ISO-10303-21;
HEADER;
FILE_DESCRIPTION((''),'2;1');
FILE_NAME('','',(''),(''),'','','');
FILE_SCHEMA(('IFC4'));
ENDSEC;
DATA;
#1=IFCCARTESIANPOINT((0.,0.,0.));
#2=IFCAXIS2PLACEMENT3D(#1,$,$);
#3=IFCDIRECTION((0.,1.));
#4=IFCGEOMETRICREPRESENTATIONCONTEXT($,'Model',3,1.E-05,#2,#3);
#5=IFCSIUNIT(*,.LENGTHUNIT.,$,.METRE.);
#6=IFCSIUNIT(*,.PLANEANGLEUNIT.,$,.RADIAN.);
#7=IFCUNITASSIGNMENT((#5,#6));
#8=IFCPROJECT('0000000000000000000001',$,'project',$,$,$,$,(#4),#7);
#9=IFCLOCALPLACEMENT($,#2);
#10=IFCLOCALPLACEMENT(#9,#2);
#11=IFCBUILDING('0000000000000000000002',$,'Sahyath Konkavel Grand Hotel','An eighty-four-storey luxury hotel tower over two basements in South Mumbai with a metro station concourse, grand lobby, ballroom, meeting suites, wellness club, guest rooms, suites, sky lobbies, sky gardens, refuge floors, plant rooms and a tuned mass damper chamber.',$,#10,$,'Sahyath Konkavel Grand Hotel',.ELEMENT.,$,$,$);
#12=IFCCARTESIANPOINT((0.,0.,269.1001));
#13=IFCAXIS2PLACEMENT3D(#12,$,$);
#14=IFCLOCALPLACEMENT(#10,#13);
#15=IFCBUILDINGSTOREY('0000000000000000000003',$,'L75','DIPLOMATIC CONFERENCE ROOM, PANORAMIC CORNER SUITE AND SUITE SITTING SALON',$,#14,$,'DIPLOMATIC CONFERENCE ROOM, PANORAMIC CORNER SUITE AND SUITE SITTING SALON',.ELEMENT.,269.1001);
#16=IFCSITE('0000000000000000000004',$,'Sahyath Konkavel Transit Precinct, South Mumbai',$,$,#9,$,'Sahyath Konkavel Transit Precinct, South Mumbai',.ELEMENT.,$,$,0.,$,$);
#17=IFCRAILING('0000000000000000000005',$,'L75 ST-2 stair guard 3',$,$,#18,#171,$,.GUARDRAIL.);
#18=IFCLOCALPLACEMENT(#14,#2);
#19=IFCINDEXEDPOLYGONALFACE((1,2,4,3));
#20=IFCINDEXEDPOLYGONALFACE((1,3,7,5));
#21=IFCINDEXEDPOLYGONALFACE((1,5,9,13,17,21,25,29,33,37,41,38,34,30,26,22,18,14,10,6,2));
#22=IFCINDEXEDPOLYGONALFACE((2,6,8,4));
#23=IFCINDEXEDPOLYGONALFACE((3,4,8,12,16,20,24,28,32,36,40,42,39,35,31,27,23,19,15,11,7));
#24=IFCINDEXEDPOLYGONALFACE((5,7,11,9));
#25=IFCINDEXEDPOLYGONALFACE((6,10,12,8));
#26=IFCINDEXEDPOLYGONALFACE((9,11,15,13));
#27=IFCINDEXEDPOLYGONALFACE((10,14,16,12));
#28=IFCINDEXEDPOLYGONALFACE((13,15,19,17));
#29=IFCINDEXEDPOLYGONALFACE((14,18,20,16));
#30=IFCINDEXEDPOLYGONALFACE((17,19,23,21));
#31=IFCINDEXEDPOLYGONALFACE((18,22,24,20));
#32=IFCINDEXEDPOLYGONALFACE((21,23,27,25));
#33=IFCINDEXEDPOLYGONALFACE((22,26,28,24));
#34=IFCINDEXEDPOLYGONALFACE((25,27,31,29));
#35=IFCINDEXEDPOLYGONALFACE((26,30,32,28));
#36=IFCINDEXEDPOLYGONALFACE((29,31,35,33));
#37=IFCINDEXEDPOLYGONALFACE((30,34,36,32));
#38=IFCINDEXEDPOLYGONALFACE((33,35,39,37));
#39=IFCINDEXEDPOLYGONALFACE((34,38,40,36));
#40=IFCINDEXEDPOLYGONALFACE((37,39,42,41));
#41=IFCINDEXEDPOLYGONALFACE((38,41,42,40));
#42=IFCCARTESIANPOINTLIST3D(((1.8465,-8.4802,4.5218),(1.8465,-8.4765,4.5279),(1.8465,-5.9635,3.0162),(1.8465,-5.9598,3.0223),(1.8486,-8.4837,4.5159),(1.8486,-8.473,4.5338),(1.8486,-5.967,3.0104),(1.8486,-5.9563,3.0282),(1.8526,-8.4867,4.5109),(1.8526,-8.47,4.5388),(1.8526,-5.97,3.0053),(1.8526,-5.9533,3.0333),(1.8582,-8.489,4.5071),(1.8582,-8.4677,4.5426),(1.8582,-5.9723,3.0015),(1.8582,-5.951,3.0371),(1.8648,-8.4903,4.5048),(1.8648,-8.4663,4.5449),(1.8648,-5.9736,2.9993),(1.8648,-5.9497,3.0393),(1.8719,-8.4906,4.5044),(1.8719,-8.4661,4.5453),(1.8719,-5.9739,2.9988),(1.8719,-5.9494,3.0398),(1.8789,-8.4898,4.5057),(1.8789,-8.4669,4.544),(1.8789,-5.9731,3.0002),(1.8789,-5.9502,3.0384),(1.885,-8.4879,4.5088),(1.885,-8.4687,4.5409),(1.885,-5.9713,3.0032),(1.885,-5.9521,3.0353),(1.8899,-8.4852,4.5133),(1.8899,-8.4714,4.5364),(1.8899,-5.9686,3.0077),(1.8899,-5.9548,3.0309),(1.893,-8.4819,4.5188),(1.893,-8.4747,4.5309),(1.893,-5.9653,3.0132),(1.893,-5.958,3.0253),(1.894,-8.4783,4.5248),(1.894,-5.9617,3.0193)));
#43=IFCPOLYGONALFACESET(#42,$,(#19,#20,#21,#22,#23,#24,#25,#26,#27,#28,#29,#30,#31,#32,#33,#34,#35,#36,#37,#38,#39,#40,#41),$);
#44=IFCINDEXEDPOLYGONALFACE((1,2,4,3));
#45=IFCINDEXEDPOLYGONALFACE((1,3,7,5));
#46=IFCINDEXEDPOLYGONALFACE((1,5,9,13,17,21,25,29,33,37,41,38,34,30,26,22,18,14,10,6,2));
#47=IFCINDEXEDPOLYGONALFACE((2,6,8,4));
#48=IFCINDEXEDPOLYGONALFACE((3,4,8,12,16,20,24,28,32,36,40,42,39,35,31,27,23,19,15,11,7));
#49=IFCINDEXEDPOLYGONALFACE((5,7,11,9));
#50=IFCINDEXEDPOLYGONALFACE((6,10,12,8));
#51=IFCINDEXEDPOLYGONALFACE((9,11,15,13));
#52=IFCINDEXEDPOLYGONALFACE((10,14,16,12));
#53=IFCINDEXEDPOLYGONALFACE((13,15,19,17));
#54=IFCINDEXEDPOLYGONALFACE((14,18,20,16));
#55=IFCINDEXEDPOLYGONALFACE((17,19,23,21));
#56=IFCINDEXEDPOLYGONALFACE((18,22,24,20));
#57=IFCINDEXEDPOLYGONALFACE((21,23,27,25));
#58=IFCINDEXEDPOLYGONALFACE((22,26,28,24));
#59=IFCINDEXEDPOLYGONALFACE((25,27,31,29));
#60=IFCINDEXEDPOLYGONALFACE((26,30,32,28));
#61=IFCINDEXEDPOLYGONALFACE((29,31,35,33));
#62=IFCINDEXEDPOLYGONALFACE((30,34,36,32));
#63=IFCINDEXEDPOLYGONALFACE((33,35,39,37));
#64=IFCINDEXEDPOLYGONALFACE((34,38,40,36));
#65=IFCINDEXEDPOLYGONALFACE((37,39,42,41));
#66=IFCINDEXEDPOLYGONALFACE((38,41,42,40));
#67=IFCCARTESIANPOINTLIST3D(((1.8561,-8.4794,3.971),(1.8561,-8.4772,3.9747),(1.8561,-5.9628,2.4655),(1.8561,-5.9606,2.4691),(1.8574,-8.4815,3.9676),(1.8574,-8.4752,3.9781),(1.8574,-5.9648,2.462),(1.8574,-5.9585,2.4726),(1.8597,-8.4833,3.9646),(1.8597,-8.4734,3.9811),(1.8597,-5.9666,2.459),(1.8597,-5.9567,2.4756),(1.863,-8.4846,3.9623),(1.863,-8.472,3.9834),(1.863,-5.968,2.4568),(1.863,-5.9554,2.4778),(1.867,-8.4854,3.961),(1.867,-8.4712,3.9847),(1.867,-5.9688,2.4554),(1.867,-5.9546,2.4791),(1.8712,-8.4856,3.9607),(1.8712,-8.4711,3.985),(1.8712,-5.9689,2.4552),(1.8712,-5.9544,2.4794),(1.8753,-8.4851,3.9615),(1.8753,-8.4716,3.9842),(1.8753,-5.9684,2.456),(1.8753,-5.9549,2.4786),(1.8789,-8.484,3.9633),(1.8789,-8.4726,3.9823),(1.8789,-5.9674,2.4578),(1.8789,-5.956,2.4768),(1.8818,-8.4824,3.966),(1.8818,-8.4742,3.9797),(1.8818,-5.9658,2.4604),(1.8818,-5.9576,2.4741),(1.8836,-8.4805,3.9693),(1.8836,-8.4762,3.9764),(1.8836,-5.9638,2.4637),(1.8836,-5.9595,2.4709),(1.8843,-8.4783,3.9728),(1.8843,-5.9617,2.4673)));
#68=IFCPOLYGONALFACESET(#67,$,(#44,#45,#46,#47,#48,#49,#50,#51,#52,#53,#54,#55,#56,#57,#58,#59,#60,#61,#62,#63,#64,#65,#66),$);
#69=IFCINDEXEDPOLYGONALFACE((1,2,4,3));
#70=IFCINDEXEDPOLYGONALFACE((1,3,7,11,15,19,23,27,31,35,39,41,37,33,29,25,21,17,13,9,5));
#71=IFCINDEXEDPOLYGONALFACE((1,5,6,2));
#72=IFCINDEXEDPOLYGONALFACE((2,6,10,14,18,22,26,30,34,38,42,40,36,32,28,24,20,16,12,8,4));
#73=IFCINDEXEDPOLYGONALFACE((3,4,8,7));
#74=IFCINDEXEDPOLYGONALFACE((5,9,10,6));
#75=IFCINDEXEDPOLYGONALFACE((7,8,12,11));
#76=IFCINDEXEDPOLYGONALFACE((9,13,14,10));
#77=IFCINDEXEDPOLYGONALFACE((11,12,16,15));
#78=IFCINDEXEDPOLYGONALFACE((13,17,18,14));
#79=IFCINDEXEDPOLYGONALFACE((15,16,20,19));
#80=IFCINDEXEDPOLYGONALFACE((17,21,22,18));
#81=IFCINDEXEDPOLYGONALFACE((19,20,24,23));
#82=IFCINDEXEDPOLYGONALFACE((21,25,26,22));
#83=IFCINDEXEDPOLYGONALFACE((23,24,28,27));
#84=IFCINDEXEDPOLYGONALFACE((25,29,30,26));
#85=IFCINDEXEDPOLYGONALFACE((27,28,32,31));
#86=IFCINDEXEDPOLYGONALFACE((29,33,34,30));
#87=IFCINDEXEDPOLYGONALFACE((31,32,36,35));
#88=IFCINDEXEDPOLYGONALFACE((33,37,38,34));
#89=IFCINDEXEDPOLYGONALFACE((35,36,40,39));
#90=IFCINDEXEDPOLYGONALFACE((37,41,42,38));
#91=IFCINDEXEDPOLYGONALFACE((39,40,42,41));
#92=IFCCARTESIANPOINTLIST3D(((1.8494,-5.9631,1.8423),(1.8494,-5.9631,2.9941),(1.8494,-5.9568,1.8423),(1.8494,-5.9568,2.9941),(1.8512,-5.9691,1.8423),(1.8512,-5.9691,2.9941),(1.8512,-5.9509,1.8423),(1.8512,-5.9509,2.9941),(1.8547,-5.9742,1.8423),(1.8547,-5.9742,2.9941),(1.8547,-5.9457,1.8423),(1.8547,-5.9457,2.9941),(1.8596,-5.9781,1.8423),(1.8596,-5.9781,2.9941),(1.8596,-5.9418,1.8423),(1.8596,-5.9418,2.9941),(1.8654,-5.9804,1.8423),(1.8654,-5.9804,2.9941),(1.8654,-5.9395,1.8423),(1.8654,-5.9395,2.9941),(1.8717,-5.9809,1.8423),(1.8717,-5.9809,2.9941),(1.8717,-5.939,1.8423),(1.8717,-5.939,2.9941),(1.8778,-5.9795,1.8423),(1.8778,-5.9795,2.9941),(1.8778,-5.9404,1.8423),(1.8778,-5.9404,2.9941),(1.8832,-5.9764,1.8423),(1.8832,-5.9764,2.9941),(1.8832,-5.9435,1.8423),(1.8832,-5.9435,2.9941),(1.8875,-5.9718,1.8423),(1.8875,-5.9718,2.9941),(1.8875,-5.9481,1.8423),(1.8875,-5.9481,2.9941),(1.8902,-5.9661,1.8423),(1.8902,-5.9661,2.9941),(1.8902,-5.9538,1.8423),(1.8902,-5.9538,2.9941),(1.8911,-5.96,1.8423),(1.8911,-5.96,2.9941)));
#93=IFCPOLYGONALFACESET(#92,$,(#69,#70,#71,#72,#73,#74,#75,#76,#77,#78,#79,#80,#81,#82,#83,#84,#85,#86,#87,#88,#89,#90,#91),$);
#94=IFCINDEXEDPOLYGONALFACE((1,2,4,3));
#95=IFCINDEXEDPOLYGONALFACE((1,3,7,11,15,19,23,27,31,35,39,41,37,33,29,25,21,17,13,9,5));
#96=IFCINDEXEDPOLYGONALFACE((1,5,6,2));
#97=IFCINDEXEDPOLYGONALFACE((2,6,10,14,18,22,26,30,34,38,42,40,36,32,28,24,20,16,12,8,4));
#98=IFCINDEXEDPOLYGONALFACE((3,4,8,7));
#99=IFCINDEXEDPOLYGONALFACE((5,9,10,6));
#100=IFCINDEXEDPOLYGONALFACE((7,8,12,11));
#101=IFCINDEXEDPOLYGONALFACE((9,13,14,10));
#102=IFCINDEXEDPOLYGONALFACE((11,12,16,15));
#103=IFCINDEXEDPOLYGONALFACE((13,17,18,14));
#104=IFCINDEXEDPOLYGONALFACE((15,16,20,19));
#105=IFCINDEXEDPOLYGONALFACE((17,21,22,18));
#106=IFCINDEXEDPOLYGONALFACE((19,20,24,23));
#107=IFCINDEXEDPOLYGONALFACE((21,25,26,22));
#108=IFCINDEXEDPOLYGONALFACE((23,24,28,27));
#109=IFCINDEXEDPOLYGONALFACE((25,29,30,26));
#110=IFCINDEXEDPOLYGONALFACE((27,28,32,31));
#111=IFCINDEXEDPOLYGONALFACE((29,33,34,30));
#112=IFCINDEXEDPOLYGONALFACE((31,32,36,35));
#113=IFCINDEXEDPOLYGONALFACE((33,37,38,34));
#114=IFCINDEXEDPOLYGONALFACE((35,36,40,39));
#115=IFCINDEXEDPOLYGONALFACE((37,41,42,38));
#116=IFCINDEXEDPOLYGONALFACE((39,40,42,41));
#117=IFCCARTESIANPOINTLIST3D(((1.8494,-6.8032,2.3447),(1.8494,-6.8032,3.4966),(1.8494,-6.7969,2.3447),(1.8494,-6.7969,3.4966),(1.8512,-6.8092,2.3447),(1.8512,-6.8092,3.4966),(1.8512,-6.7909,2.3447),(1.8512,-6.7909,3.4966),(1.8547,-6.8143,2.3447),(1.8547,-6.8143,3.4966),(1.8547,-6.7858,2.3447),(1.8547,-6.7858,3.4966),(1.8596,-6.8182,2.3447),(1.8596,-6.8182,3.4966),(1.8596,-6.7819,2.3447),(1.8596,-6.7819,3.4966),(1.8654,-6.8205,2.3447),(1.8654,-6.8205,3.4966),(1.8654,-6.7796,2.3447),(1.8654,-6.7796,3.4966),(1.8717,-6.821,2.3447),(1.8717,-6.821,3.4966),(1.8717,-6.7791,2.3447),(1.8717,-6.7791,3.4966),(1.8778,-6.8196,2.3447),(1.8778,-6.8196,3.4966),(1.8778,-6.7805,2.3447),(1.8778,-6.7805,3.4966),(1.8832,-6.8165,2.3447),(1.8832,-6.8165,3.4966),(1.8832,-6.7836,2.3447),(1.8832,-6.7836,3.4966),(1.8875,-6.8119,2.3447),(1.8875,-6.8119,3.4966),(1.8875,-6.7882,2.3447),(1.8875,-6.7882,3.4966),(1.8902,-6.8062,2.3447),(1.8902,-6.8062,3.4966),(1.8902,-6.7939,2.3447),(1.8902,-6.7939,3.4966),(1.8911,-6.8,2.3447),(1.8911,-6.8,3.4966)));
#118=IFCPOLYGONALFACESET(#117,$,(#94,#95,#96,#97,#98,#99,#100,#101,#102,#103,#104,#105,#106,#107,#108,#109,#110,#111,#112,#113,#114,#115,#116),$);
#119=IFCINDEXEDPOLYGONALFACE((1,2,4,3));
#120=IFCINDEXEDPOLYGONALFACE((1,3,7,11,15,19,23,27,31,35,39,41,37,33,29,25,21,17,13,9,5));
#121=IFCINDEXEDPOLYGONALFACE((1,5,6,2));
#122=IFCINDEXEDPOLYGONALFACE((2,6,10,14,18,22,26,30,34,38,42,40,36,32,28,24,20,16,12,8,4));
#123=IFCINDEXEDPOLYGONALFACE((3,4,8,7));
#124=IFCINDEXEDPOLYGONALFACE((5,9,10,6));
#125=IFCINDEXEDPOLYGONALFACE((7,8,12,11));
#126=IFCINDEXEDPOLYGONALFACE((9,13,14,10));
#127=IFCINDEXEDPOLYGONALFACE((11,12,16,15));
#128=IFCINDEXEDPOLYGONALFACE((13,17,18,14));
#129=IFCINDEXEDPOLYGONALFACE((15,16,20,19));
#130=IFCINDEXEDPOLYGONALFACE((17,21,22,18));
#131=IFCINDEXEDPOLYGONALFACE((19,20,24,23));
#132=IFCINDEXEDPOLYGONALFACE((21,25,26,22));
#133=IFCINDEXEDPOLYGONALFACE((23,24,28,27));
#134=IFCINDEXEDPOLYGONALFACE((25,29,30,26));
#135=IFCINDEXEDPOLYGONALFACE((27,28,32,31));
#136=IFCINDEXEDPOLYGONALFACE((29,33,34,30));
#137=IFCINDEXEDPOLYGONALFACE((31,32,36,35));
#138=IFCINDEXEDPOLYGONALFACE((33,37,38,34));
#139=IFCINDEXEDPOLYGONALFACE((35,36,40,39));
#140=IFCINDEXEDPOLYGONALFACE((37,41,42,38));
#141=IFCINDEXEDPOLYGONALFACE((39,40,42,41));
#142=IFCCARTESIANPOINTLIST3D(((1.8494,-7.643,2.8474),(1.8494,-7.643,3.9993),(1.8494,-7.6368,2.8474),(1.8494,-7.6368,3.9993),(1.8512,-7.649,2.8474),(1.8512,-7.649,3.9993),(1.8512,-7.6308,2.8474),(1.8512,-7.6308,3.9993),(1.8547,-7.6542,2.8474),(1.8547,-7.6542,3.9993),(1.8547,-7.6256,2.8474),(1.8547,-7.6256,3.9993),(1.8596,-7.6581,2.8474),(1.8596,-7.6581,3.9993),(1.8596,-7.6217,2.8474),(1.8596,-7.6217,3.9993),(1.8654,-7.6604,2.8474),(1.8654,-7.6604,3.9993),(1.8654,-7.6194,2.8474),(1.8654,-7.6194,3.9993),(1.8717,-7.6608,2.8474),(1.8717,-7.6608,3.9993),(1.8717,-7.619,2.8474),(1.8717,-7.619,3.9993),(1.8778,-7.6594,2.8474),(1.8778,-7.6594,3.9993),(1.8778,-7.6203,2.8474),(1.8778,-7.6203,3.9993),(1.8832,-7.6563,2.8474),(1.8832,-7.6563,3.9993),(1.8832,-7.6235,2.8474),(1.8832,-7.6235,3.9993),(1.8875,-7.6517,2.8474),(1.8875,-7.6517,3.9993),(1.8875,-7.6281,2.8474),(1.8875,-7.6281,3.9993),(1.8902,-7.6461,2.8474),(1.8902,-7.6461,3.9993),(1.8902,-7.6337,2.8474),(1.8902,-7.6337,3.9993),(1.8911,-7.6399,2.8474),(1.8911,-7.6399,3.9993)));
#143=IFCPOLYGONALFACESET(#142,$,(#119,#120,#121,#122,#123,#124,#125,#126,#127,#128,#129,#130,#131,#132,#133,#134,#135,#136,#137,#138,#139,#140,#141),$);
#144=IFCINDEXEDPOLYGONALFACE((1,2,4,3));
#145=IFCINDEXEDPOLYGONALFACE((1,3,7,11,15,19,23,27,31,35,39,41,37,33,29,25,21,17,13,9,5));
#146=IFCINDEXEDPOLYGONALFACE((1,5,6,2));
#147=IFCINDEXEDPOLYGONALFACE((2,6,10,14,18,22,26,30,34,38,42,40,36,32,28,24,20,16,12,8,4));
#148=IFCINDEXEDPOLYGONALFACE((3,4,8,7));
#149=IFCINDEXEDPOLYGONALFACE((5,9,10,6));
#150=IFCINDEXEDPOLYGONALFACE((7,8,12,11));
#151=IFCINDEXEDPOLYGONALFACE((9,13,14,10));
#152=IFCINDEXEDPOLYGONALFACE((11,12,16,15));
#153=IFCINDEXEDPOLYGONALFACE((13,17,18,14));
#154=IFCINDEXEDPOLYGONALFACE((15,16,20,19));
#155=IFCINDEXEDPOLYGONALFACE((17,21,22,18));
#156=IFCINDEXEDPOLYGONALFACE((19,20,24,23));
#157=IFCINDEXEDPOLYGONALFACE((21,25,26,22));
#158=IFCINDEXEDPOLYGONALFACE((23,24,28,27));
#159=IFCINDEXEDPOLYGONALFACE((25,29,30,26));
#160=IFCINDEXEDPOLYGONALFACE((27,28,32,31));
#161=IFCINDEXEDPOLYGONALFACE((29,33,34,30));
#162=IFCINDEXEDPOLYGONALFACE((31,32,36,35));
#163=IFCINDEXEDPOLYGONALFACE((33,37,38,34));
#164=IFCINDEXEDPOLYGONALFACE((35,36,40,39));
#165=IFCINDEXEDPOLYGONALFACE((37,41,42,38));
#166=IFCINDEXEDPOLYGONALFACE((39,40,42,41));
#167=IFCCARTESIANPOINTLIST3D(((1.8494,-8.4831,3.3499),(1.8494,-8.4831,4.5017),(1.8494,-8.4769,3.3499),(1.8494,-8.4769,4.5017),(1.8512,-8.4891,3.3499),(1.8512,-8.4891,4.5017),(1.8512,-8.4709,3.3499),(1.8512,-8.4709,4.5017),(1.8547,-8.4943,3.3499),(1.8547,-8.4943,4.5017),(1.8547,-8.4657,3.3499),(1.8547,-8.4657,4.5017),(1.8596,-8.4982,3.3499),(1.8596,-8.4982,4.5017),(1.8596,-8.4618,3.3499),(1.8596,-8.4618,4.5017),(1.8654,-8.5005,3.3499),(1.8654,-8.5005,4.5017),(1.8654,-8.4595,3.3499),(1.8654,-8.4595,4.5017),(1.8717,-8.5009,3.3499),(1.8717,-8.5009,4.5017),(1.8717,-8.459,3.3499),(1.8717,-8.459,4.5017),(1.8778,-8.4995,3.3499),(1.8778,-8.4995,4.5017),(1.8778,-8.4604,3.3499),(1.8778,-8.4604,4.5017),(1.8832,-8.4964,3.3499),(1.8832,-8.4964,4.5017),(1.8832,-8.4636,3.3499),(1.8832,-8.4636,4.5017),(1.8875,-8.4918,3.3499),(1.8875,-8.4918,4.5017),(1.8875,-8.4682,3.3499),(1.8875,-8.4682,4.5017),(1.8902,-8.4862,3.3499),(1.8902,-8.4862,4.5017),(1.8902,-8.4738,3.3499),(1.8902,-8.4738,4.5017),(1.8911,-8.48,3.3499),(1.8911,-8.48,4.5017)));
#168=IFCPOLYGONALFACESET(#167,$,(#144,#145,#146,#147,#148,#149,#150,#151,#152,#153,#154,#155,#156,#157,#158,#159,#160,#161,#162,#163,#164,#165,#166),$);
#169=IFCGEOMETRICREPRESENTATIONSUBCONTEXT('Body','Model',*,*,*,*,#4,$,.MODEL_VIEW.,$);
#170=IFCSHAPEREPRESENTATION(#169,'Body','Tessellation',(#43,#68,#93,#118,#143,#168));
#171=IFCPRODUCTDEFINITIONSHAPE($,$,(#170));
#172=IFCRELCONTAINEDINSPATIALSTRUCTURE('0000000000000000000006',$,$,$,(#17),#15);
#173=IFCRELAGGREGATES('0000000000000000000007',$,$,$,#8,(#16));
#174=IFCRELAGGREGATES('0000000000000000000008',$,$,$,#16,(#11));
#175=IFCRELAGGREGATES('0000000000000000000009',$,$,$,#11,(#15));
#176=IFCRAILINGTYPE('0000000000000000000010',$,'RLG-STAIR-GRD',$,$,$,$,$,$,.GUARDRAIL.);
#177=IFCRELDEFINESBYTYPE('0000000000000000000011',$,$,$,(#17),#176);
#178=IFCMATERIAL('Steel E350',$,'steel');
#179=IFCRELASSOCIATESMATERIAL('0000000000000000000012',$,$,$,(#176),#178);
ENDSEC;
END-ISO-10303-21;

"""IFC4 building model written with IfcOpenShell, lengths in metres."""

from ifc_helpers import new_model, si_unit, direction, frame, origin, origin_2d, place, context, subcontext, project, spatial, circle, extrude, material, type_object, element, save


model = new_model("IFC4")

# Units and contexts
model_context = context("Model", 3, precision=1e-05, world=origin(), true_north=direction((0.0, 1.0)))
body_context = subcontext(model_context, "Body", "Model", "MODEL_VIEW")
ifc_project = project(units=[si_unit("LENGTHUNIT", "METRE"), si_unit("PLANEANGLEUNIT", "RADIAN")], contexts=[model_context])

# Site, building, storey
site_placement = place(None, origin())
site = spatial("IfcSite", under=ifc_project, at=site_placement, Name="Sahyath Konkavel Transit Precinct, South Mumbai", LongName="Sahyath Konkavel Transit Precinct, South Mumbai", CompositionType="ELEMENT", RefElevation=0.0)
building_placement = place(site_placement, origin())
building = spatial("IfcBuilding", under=site, at=building_placement, Name="Sahyath Konkavel Grand Hotel", Description="An eighty-four-storey luxury hotel tower over two basements in South Mumbai with a metro station concourse, grand lobby, ballroom, meeting suites, wellness club, guest rooms, suites, sky lobbies, sky gardens, refuge floors, plant rooms and a tuned mass damper chamber.", LongName="Sahyath Konkavel Grand Hotel", CompositionType="ELEMENT")
storey_placement = place(building_placement, frame((0.0, 0.0, 269.1001)))
storey = spatial("IfcBuildingStorey", under=building, at=storey_placement, Name="L75", Description="DIPLOMATIC CONFERENCE ROOM, PANORAMIC CORNER SUITE AND SUITE SITTING SALON", LongName="DIPLOMATIC CONFERENCE ROOM, PANORAMIC CORNER SUITE AND SUITE SITTING SALON", CompositionType="ELEMENT", Elevation=269.1001)

# Shared definitions
ifc_material_1 = material(Name="Steel E350", Category="steel")

# Railing
railing_type_1 = type_object("IfcRailingType", Name="RLG-STAIR-GRD", PredefinedType="GUARDRAIL", material=ifc_material_1)
railing_1_placement = place(storey_placement, frame((1.8701, -5.96, 1.8423)))
element("IfcRailing", 1, at=railing_1_placement, inside=storey, type_object=railing_type_1, Name="L75 ST-2 stair guard 3", PredefinedType="GUARDRAIL", context=body_context, shape_type="SweptSolid", body=[
    extrude(circle(Radius=0.0239, at=origin_2d()), frame((0.0, -0.0017, 1.177), z_axis=(0.0, -0.85816, 0.513383), x_axis=(1.0, 0.0, 0.0)), (0.0, 0.0, 1.0), 2.9326),
    extrude(circle(Radius=0.0142, at=origin_2d()), frame((0.0, -0.0017, 0.625), z_axis=(0.0, -0.85816, 0.513383), x_axis=(1.0, 0.0, 0.0)), (0.0, 0.0, 1.0), 2.9326),
    extrude(circle(Radius=0.021, at=origin_2d()), origin(), (0.0, 0.0, 1.0), 1.1519),
    extrude(circle(Radius=0.021, at=origin_2d()), frame((0.0, -0.8401, 0.5024)), (0.0, 0.0, 1.0), 1.1519),
    extrude(circle(Radius=0.021, at=origin_2d()), frame((0.0, -1.6799, 1.0051)), (0.0, 0.0, 1.0), 1.1519),
    extrude(circle(Radius=0.021, at=origin_2d()), frame((0.0, -2.52, 1.5076)), (0.0, 0.0, 1.0), 1.1519),
])

save(model, "model.ifc")
